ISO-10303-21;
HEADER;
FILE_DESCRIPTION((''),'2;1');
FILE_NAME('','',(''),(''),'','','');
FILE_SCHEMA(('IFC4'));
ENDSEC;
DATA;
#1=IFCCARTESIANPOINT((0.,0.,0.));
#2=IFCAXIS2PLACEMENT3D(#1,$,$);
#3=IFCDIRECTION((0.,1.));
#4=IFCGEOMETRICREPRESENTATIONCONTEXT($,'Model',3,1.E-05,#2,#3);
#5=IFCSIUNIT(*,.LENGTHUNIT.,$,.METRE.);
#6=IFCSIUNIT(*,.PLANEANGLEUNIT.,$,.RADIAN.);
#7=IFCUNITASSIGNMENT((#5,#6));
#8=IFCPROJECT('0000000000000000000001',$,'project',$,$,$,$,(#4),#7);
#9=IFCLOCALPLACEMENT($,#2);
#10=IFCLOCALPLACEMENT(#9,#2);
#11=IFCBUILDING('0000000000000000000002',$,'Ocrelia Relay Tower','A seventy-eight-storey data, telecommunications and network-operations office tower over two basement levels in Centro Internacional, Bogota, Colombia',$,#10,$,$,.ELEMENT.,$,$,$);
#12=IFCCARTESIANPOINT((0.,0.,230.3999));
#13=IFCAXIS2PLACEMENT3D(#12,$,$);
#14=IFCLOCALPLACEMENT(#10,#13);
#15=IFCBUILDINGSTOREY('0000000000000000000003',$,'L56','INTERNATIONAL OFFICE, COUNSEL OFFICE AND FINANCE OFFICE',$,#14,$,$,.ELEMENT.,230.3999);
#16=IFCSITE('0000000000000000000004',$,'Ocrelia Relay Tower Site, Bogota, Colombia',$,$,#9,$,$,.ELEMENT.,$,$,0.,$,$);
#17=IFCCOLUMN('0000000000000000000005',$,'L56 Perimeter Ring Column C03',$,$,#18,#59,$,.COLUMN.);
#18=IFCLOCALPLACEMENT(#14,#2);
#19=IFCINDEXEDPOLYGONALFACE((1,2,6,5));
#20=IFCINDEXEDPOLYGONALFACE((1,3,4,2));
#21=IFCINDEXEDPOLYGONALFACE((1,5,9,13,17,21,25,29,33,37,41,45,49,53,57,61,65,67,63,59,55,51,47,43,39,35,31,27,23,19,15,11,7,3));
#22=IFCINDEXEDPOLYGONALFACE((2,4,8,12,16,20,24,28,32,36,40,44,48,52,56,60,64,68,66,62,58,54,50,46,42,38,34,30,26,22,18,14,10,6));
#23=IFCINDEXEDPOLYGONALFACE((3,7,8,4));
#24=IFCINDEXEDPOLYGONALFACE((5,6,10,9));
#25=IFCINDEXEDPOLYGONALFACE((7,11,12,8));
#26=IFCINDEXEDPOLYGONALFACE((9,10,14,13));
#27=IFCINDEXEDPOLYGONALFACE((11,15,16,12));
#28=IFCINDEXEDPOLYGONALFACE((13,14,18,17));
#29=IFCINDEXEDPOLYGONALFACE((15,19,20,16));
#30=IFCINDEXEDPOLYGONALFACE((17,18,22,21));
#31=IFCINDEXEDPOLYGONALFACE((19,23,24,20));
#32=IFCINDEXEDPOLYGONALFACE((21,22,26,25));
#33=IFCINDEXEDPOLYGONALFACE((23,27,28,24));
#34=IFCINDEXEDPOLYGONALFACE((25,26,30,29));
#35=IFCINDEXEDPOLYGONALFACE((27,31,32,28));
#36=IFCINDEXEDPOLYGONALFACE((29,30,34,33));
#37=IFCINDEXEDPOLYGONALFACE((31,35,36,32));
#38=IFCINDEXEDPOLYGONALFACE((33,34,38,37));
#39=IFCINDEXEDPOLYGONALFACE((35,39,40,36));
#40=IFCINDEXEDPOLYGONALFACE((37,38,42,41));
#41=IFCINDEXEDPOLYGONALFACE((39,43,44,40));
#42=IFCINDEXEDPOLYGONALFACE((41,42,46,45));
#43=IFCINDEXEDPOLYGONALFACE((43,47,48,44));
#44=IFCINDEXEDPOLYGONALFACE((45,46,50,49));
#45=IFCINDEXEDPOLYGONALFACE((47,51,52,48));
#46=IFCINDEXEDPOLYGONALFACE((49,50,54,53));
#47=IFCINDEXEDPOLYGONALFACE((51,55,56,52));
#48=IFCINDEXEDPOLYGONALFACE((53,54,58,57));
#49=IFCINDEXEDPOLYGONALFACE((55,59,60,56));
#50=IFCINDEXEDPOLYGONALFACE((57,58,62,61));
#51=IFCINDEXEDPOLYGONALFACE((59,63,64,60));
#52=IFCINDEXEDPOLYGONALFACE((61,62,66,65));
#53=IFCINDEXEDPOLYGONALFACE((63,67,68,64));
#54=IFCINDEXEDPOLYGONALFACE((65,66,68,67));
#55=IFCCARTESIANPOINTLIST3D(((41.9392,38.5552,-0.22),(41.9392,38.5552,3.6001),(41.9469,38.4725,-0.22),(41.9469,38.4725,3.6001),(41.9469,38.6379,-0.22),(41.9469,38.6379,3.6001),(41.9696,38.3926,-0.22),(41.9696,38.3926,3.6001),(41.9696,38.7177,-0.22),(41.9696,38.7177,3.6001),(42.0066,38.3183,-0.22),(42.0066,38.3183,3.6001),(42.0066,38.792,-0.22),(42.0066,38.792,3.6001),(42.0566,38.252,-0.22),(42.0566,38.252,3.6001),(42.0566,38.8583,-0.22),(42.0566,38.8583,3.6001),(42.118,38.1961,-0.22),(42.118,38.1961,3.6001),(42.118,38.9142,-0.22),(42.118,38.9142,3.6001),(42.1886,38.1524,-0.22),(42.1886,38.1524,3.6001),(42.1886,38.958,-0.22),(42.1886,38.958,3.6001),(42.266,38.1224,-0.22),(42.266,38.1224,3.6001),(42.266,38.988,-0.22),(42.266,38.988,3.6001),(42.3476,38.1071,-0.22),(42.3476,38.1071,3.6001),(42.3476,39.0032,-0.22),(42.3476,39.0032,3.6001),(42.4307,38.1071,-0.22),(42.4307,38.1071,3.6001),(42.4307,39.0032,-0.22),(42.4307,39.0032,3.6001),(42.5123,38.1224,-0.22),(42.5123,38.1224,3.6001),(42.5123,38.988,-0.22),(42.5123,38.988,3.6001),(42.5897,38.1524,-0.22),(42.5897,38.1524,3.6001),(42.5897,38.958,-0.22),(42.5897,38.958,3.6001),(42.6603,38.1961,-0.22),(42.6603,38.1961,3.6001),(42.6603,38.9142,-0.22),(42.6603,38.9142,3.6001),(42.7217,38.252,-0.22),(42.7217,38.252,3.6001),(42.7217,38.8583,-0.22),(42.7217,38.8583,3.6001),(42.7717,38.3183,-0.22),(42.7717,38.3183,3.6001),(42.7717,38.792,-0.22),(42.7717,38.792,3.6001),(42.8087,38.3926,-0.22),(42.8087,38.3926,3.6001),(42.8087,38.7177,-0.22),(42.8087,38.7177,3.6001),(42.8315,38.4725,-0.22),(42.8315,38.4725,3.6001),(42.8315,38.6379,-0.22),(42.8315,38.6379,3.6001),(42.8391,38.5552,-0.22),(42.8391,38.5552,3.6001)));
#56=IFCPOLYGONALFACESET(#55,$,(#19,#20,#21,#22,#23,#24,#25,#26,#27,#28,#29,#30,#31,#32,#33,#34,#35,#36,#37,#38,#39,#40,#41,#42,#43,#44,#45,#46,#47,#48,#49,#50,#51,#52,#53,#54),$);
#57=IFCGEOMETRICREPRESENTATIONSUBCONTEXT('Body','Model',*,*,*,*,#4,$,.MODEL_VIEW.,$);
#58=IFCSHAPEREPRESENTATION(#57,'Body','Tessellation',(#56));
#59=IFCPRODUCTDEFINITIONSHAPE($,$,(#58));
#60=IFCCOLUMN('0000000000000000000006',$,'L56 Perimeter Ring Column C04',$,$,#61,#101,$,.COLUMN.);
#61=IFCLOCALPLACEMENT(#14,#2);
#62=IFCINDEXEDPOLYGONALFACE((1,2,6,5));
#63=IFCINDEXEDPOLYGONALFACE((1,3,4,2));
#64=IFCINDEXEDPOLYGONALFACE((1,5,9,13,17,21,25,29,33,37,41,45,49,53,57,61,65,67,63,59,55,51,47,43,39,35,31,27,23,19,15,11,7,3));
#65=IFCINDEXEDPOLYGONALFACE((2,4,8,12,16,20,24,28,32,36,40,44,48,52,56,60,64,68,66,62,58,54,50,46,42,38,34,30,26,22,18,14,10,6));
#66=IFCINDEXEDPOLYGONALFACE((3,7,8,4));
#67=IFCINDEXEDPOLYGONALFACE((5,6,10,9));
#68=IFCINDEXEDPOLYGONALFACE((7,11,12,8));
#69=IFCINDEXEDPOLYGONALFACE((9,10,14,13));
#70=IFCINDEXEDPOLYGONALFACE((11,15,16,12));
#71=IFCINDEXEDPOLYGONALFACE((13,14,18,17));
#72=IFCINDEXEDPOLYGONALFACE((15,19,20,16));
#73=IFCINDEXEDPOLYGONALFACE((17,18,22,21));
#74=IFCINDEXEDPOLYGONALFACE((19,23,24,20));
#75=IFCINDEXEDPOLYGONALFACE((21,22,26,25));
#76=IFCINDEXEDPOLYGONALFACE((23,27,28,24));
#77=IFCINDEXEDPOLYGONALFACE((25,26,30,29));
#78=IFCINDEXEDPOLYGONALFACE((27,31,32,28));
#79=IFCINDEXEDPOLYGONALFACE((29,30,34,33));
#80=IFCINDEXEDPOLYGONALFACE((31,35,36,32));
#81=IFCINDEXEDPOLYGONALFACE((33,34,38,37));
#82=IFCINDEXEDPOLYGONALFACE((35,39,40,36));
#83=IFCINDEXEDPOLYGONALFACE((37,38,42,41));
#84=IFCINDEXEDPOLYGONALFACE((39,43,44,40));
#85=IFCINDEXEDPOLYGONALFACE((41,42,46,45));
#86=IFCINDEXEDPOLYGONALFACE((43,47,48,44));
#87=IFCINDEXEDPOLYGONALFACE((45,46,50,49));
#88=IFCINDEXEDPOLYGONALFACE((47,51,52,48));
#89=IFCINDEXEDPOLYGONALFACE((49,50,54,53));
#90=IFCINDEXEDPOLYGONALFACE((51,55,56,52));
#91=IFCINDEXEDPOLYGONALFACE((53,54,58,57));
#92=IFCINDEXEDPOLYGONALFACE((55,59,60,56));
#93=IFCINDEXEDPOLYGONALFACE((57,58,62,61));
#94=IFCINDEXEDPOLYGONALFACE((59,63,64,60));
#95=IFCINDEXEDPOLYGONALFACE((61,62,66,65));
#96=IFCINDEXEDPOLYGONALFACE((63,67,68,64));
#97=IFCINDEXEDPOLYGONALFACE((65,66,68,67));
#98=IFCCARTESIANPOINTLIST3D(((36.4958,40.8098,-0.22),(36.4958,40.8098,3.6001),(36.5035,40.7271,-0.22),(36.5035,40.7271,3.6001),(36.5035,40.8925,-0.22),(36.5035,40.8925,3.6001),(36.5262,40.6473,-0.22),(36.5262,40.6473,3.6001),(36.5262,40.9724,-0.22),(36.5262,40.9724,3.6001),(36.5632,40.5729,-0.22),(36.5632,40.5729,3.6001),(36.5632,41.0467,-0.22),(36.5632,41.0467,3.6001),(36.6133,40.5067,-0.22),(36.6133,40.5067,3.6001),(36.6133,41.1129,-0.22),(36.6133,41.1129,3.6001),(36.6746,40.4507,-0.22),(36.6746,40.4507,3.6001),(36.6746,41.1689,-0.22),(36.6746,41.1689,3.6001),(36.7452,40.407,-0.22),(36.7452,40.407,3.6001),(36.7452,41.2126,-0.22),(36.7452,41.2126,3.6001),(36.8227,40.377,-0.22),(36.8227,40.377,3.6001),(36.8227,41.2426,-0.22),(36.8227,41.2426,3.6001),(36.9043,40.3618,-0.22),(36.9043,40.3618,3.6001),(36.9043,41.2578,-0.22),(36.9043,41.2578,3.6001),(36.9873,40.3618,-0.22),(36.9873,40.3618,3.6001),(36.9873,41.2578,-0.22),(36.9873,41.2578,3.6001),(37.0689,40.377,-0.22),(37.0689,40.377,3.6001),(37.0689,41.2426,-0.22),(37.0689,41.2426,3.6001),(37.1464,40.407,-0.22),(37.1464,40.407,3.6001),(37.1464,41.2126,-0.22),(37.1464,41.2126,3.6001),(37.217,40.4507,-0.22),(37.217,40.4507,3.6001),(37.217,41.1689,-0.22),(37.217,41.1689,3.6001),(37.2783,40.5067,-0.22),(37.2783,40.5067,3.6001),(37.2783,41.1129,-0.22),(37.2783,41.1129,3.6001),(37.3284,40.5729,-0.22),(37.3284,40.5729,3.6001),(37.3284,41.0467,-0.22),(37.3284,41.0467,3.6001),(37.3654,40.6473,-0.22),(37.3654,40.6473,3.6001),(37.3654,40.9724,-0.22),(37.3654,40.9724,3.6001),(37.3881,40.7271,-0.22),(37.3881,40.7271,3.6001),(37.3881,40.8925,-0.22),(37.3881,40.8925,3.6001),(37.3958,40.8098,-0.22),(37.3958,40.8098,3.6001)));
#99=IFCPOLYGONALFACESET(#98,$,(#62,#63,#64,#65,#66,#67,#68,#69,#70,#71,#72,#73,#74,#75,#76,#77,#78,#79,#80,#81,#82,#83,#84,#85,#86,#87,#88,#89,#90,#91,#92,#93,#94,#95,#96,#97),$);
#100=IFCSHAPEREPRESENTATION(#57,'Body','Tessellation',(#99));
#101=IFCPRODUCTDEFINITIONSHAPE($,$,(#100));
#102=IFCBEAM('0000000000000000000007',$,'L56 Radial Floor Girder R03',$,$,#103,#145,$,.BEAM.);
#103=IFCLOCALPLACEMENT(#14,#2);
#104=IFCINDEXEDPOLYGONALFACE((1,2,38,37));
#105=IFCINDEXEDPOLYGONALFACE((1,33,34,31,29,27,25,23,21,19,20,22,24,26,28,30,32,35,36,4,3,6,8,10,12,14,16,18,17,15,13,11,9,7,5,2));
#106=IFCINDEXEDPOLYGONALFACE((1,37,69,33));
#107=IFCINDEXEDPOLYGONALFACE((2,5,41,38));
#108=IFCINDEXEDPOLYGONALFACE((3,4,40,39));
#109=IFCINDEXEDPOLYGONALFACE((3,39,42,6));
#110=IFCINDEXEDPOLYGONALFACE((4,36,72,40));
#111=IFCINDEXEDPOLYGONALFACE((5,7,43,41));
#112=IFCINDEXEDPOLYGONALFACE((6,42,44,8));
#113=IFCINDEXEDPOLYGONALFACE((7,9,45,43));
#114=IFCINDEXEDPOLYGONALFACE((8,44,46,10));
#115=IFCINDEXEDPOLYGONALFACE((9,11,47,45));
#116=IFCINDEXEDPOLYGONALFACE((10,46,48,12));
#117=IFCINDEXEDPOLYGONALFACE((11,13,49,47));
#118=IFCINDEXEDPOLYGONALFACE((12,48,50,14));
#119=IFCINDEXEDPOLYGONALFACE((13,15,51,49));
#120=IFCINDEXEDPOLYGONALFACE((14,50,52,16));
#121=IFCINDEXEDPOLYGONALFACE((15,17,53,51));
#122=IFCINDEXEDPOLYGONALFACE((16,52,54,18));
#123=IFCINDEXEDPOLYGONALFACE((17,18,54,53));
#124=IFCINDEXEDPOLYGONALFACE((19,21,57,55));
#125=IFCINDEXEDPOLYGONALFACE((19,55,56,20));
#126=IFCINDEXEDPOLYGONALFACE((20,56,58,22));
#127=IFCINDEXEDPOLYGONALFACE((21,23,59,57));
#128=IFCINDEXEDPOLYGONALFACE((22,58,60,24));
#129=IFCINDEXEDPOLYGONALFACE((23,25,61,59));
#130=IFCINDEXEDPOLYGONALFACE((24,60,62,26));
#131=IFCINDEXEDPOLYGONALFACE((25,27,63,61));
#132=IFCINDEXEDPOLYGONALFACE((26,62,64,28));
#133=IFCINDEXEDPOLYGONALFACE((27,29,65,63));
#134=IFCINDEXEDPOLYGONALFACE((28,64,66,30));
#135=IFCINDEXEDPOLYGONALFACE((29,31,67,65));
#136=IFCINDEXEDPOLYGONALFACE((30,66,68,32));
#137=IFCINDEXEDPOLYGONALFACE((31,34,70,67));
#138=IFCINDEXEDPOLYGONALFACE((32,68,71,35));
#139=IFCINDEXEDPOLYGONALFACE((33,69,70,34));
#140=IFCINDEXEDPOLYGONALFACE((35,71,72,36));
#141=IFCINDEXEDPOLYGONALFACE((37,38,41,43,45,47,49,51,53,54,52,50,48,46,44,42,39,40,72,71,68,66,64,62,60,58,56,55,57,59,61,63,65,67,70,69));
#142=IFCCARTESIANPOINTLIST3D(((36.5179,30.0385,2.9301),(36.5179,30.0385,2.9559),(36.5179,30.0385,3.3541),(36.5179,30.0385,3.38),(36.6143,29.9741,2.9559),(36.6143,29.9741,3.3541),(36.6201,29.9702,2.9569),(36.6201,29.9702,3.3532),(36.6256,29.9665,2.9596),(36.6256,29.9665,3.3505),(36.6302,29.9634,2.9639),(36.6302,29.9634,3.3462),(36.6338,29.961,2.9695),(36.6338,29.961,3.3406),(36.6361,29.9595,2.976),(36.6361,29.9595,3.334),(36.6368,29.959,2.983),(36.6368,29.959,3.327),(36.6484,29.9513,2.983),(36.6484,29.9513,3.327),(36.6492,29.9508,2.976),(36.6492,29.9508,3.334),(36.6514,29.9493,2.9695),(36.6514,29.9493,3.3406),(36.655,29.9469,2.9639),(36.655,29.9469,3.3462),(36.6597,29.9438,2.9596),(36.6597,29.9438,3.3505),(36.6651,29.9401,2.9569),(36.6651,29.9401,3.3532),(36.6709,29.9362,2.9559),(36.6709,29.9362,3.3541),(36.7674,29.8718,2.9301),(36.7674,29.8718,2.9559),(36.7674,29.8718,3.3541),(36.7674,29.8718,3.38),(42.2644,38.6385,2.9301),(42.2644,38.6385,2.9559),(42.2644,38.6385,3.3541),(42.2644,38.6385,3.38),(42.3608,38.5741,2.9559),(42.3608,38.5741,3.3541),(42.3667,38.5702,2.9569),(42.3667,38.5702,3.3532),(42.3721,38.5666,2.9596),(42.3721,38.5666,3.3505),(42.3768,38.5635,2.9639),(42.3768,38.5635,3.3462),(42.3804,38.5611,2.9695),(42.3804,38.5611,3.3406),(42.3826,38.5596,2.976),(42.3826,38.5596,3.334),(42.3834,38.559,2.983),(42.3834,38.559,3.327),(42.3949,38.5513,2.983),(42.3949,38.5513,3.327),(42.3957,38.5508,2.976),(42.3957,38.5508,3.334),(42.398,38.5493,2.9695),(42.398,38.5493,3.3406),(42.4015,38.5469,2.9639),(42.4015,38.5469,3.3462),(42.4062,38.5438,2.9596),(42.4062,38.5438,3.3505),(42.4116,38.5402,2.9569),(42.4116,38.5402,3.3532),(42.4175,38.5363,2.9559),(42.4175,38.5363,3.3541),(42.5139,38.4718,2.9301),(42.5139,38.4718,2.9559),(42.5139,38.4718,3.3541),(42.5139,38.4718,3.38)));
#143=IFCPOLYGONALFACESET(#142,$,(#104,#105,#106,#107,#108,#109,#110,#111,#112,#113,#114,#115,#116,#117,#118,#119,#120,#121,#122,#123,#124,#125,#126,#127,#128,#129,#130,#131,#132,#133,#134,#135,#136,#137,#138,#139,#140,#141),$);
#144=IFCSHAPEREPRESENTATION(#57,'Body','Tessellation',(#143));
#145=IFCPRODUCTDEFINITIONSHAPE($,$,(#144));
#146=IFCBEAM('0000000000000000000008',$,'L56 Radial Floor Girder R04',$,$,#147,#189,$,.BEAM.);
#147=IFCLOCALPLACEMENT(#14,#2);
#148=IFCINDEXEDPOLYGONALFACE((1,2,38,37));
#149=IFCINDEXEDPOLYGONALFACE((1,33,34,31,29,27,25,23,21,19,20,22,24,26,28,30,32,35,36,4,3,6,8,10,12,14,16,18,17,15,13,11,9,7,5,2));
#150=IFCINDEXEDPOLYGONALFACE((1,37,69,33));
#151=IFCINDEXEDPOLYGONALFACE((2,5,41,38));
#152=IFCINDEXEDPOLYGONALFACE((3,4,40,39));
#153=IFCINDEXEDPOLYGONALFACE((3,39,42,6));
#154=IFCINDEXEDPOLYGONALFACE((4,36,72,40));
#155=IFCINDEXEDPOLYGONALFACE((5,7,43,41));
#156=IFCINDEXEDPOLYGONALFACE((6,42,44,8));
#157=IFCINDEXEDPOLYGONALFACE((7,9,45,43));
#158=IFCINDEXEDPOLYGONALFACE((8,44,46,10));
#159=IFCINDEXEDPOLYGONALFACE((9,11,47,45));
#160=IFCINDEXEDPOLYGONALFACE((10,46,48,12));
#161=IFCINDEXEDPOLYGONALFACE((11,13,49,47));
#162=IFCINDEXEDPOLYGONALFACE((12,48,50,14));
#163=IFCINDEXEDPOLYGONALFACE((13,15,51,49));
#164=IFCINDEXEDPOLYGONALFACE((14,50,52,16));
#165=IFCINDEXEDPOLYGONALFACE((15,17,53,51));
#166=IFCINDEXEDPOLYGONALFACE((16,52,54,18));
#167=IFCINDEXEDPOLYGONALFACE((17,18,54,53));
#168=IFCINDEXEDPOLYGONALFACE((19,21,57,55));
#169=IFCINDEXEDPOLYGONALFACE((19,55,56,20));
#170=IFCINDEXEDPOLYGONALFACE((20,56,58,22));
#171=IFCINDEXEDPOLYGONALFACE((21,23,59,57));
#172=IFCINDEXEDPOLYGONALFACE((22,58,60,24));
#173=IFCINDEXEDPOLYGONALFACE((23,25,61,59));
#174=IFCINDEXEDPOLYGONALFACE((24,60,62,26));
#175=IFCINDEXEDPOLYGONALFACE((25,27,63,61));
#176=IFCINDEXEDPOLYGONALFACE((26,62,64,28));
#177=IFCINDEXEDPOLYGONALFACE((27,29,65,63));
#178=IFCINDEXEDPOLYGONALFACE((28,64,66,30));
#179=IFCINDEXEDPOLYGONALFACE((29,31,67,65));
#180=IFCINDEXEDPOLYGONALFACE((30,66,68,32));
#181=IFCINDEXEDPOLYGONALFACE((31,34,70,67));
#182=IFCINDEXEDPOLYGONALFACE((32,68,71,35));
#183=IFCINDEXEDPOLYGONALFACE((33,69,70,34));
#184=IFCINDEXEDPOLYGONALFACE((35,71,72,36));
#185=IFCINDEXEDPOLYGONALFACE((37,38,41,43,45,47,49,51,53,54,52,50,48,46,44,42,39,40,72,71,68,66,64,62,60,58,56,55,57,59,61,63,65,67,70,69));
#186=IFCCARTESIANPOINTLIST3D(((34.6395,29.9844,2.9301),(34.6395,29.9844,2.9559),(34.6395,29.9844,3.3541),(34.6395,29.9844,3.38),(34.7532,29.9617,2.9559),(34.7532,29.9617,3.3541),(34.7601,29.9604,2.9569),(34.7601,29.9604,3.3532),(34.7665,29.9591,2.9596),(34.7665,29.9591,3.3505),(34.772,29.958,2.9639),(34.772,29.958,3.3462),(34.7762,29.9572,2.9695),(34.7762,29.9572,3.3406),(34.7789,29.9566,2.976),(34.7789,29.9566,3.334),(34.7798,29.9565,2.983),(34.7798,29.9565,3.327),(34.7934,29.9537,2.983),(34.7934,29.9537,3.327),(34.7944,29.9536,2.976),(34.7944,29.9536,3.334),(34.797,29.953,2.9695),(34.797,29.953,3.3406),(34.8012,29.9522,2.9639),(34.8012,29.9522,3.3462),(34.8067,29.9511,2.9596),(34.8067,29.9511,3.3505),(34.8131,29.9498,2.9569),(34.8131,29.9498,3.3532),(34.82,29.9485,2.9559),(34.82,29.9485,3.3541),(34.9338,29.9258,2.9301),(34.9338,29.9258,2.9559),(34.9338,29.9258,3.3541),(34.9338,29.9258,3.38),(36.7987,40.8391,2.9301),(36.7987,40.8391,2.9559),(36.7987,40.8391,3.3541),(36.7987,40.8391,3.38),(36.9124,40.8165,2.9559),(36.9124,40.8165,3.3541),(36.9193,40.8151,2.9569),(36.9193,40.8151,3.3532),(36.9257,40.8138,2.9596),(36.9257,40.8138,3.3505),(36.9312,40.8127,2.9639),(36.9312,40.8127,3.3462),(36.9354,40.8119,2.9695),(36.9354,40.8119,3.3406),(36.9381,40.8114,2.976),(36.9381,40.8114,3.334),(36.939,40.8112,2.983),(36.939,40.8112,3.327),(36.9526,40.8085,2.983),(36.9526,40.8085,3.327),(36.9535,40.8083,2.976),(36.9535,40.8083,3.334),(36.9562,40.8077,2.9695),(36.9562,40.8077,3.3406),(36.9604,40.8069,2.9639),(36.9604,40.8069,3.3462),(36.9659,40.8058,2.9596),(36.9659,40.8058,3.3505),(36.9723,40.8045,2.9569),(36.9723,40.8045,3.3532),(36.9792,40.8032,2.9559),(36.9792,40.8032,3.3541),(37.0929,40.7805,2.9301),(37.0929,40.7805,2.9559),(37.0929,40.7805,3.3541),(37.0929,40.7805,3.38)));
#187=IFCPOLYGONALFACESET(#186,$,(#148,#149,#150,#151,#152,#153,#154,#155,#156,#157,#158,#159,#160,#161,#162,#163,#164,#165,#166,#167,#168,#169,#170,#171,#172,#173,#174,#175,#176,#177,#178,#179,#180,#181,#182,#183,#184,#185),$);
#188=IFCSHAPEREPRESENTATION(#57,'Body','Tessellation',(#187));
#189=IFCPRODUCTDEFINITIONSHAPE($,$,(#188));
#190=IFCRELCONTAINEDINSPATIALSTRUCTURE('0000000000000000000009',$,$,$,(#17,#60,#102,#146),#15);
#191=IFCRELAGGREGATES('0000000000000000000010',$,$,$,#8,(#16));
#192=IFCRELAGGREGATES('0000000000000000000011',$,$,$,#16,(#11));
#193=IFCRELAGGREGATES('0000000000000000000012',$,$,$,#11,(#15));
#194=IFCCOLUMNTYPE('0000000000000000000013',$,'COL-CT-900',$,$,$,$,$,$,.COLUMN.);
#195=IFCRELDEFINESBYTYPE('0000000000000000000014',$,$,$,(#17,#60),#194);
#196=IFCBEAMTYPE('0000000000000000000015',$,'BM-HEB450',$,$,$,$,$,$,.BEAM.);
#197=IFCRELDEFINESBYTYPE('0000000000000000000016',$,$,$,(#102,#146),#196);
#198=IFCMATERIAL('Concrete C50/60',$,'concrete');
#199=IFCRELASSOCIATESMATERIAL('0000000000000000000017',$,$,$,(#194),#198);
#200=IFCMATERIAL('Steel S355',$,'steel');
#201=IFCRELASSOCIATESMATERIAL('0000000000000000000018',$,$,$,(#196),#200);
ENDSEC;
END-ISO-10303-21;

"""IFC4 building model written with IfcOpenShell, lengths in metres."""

from ifc_helpers import new_model, si_unit, direction, frame, origin, origin_2d, place, context, subcontext, project, spatial, circle, i_section, extrude, material, material_profile, profile_set, type_object, element, save


model = new_model("IFC4")

# Units and contexts
model_context = context("Model", 3, precision=1e-05, world=origin(), true_north=direction((0.0, 1.0)))
body_context = subcontext(model_context, "Body", "Model", "MODEL_VIEW")
ifc_project = project(units=[si_unit("LENGTHUNIT", "METRE"), si_unit("PLANEANGLEUNIT", "RADIAN")], contexts=[model_context])

# Site, building, storey
site_placement = place(None, origin())
site = spatial("IfcSite", under=ifc_project, at=site_placement, Name="Ocrelia Relay Tower Site, Bogota, Colombia", CompositionType="ELEMENT", RefElevation=0.0)
building_placement = place(site_placement, origin())
building = spatial("IfcBuilding", under=site, at=building_placement, Name="Ocrelia Relay Tower", Description="A seventy-eight-storey data, telecommunications and network-operations office tower over two basement levels in Centro Internacional, Bogota, Colombia", CompositionType="ELEMENT")
storey_placement = place(building_placement, frame((0.0, 0.0, 230.3999)))
storey = spatial("IfcBuildingStorey", under=building, at=storey_placement, Name="L56", Description="INTERNATIONAL OFFICE, COUNSEL OFFICE AND FINANCE OFFICE", CompositionType="ELEMENT", Elevation=230.3999)

# Columns
ifc_material_1 = material(Name="Concrete C50/60", Category="concrete")
ifc_material_profile_1 = material_profile(ifc_material_1, circle(Radius=0.45, at=origin_2d()), Name="RC-CIR-900")
ifc_profile_set_1 = profile_set([ifc_material_profile_1], Name="Concrete C50/60")
column_type = type_object("IfcColumnType", Name="COL-CT-900", PredefinedType="COLUMN", material=ifc_profile_set_1)
for number, where, z_axis, x_axis, name in (
    (1, (42.3892, 38.5552, -0.22), (0.0, 0.0, 1.0), (1.0, 0.0, 0.0), "L56 Perimeter Ring Column C03"),
    (2, (36.9458, 40.8098, -0.22), (0.0, 0.0, 1.0), (1.0, 0.0, 0.0), "L56 Perimeter Ring Column C04"),
):
    element("IfcColumn", number, at=place(storey_placement, frame(where, z_axis=z_axis, x_axis=x_axis)), inside=storey, type_object=column_type, Name=name, PredefinedType="COLUMN", context=body_context, shape_type="SweptSolid", body=[
        extrude(circle(Radius=0.45, at=origin_2d()), origin(), (0.0, 0.0, 1.0), 3.8201),
    ])

# Beams
ifc_material_2 = material(Name="Steel S355", Category="steel")
ifc_material_profile_2 = material_profile(ifc_material_2, i_section(OverallWidth=0.3, OverallDepth=0.45, WebThickness=0.0139, FlangeThickness=0.0259, FilletRadius=0.0271, at=origin_2d()), Name="HEB 450")
ifc_profile_set_2 = profile_set([ifc_material_profile_2], Name="Steel S355")
beam_type_1 = type_object("IfcBeamType", Name="BM-HEB450", PredefinedType="BEAM", material=ifc_profile_set_2)
beam_1_placement = place(storey_placement, frame((42.3892, 38.5552, 3.155), z_axis=(-0.555582, -0.831462, 0.0), x_axis=(0.831462, -0.555582, 0.0)))
element("IfcBeam", 3, at=beam_1_placement, inside=storey, type_object=beam_type_1, Name="L56 Radial Floor Girder R03", PredefinedType="BEAM", context=body_context, shape_type="SweptSolid", body=[
    extrude(i_section(OverallWidth=0.3, OverallDepth=0.45, WebThickness=0.0139, FlangeThickness=0.0259, FilletRadius=0.0271, at=origin_2d()), origin(), (0.0, 0.0, 1.0), 10.3433),
])
beam_2_placement = place(storey_placement, frame((36.9458, 40.8098, 3.155), z_axis=(-0.195094, -0.980785, 0.0), x_axis=(0.980785, -0.195094, 0.0)))
element("IfcBeam", 4, at=beam_2_placement, inside=storey, type_object=beam_type_1, Name="L56 Radial Floor Girder R04", PredefinedType="BEAM", context=body_context, shape_type="SweptSolid", body=[
    extrude(i_section(OverallWidth=0.3, OverallDepth=0.45, WebThickness=0.0139, FlangeThickness=0.0259, FilletRadius=0.0271, at=origin_2d()), origin(), (0.0, 0.0, 1.0), 11.0674),
])

save(model, "model.ifc")
